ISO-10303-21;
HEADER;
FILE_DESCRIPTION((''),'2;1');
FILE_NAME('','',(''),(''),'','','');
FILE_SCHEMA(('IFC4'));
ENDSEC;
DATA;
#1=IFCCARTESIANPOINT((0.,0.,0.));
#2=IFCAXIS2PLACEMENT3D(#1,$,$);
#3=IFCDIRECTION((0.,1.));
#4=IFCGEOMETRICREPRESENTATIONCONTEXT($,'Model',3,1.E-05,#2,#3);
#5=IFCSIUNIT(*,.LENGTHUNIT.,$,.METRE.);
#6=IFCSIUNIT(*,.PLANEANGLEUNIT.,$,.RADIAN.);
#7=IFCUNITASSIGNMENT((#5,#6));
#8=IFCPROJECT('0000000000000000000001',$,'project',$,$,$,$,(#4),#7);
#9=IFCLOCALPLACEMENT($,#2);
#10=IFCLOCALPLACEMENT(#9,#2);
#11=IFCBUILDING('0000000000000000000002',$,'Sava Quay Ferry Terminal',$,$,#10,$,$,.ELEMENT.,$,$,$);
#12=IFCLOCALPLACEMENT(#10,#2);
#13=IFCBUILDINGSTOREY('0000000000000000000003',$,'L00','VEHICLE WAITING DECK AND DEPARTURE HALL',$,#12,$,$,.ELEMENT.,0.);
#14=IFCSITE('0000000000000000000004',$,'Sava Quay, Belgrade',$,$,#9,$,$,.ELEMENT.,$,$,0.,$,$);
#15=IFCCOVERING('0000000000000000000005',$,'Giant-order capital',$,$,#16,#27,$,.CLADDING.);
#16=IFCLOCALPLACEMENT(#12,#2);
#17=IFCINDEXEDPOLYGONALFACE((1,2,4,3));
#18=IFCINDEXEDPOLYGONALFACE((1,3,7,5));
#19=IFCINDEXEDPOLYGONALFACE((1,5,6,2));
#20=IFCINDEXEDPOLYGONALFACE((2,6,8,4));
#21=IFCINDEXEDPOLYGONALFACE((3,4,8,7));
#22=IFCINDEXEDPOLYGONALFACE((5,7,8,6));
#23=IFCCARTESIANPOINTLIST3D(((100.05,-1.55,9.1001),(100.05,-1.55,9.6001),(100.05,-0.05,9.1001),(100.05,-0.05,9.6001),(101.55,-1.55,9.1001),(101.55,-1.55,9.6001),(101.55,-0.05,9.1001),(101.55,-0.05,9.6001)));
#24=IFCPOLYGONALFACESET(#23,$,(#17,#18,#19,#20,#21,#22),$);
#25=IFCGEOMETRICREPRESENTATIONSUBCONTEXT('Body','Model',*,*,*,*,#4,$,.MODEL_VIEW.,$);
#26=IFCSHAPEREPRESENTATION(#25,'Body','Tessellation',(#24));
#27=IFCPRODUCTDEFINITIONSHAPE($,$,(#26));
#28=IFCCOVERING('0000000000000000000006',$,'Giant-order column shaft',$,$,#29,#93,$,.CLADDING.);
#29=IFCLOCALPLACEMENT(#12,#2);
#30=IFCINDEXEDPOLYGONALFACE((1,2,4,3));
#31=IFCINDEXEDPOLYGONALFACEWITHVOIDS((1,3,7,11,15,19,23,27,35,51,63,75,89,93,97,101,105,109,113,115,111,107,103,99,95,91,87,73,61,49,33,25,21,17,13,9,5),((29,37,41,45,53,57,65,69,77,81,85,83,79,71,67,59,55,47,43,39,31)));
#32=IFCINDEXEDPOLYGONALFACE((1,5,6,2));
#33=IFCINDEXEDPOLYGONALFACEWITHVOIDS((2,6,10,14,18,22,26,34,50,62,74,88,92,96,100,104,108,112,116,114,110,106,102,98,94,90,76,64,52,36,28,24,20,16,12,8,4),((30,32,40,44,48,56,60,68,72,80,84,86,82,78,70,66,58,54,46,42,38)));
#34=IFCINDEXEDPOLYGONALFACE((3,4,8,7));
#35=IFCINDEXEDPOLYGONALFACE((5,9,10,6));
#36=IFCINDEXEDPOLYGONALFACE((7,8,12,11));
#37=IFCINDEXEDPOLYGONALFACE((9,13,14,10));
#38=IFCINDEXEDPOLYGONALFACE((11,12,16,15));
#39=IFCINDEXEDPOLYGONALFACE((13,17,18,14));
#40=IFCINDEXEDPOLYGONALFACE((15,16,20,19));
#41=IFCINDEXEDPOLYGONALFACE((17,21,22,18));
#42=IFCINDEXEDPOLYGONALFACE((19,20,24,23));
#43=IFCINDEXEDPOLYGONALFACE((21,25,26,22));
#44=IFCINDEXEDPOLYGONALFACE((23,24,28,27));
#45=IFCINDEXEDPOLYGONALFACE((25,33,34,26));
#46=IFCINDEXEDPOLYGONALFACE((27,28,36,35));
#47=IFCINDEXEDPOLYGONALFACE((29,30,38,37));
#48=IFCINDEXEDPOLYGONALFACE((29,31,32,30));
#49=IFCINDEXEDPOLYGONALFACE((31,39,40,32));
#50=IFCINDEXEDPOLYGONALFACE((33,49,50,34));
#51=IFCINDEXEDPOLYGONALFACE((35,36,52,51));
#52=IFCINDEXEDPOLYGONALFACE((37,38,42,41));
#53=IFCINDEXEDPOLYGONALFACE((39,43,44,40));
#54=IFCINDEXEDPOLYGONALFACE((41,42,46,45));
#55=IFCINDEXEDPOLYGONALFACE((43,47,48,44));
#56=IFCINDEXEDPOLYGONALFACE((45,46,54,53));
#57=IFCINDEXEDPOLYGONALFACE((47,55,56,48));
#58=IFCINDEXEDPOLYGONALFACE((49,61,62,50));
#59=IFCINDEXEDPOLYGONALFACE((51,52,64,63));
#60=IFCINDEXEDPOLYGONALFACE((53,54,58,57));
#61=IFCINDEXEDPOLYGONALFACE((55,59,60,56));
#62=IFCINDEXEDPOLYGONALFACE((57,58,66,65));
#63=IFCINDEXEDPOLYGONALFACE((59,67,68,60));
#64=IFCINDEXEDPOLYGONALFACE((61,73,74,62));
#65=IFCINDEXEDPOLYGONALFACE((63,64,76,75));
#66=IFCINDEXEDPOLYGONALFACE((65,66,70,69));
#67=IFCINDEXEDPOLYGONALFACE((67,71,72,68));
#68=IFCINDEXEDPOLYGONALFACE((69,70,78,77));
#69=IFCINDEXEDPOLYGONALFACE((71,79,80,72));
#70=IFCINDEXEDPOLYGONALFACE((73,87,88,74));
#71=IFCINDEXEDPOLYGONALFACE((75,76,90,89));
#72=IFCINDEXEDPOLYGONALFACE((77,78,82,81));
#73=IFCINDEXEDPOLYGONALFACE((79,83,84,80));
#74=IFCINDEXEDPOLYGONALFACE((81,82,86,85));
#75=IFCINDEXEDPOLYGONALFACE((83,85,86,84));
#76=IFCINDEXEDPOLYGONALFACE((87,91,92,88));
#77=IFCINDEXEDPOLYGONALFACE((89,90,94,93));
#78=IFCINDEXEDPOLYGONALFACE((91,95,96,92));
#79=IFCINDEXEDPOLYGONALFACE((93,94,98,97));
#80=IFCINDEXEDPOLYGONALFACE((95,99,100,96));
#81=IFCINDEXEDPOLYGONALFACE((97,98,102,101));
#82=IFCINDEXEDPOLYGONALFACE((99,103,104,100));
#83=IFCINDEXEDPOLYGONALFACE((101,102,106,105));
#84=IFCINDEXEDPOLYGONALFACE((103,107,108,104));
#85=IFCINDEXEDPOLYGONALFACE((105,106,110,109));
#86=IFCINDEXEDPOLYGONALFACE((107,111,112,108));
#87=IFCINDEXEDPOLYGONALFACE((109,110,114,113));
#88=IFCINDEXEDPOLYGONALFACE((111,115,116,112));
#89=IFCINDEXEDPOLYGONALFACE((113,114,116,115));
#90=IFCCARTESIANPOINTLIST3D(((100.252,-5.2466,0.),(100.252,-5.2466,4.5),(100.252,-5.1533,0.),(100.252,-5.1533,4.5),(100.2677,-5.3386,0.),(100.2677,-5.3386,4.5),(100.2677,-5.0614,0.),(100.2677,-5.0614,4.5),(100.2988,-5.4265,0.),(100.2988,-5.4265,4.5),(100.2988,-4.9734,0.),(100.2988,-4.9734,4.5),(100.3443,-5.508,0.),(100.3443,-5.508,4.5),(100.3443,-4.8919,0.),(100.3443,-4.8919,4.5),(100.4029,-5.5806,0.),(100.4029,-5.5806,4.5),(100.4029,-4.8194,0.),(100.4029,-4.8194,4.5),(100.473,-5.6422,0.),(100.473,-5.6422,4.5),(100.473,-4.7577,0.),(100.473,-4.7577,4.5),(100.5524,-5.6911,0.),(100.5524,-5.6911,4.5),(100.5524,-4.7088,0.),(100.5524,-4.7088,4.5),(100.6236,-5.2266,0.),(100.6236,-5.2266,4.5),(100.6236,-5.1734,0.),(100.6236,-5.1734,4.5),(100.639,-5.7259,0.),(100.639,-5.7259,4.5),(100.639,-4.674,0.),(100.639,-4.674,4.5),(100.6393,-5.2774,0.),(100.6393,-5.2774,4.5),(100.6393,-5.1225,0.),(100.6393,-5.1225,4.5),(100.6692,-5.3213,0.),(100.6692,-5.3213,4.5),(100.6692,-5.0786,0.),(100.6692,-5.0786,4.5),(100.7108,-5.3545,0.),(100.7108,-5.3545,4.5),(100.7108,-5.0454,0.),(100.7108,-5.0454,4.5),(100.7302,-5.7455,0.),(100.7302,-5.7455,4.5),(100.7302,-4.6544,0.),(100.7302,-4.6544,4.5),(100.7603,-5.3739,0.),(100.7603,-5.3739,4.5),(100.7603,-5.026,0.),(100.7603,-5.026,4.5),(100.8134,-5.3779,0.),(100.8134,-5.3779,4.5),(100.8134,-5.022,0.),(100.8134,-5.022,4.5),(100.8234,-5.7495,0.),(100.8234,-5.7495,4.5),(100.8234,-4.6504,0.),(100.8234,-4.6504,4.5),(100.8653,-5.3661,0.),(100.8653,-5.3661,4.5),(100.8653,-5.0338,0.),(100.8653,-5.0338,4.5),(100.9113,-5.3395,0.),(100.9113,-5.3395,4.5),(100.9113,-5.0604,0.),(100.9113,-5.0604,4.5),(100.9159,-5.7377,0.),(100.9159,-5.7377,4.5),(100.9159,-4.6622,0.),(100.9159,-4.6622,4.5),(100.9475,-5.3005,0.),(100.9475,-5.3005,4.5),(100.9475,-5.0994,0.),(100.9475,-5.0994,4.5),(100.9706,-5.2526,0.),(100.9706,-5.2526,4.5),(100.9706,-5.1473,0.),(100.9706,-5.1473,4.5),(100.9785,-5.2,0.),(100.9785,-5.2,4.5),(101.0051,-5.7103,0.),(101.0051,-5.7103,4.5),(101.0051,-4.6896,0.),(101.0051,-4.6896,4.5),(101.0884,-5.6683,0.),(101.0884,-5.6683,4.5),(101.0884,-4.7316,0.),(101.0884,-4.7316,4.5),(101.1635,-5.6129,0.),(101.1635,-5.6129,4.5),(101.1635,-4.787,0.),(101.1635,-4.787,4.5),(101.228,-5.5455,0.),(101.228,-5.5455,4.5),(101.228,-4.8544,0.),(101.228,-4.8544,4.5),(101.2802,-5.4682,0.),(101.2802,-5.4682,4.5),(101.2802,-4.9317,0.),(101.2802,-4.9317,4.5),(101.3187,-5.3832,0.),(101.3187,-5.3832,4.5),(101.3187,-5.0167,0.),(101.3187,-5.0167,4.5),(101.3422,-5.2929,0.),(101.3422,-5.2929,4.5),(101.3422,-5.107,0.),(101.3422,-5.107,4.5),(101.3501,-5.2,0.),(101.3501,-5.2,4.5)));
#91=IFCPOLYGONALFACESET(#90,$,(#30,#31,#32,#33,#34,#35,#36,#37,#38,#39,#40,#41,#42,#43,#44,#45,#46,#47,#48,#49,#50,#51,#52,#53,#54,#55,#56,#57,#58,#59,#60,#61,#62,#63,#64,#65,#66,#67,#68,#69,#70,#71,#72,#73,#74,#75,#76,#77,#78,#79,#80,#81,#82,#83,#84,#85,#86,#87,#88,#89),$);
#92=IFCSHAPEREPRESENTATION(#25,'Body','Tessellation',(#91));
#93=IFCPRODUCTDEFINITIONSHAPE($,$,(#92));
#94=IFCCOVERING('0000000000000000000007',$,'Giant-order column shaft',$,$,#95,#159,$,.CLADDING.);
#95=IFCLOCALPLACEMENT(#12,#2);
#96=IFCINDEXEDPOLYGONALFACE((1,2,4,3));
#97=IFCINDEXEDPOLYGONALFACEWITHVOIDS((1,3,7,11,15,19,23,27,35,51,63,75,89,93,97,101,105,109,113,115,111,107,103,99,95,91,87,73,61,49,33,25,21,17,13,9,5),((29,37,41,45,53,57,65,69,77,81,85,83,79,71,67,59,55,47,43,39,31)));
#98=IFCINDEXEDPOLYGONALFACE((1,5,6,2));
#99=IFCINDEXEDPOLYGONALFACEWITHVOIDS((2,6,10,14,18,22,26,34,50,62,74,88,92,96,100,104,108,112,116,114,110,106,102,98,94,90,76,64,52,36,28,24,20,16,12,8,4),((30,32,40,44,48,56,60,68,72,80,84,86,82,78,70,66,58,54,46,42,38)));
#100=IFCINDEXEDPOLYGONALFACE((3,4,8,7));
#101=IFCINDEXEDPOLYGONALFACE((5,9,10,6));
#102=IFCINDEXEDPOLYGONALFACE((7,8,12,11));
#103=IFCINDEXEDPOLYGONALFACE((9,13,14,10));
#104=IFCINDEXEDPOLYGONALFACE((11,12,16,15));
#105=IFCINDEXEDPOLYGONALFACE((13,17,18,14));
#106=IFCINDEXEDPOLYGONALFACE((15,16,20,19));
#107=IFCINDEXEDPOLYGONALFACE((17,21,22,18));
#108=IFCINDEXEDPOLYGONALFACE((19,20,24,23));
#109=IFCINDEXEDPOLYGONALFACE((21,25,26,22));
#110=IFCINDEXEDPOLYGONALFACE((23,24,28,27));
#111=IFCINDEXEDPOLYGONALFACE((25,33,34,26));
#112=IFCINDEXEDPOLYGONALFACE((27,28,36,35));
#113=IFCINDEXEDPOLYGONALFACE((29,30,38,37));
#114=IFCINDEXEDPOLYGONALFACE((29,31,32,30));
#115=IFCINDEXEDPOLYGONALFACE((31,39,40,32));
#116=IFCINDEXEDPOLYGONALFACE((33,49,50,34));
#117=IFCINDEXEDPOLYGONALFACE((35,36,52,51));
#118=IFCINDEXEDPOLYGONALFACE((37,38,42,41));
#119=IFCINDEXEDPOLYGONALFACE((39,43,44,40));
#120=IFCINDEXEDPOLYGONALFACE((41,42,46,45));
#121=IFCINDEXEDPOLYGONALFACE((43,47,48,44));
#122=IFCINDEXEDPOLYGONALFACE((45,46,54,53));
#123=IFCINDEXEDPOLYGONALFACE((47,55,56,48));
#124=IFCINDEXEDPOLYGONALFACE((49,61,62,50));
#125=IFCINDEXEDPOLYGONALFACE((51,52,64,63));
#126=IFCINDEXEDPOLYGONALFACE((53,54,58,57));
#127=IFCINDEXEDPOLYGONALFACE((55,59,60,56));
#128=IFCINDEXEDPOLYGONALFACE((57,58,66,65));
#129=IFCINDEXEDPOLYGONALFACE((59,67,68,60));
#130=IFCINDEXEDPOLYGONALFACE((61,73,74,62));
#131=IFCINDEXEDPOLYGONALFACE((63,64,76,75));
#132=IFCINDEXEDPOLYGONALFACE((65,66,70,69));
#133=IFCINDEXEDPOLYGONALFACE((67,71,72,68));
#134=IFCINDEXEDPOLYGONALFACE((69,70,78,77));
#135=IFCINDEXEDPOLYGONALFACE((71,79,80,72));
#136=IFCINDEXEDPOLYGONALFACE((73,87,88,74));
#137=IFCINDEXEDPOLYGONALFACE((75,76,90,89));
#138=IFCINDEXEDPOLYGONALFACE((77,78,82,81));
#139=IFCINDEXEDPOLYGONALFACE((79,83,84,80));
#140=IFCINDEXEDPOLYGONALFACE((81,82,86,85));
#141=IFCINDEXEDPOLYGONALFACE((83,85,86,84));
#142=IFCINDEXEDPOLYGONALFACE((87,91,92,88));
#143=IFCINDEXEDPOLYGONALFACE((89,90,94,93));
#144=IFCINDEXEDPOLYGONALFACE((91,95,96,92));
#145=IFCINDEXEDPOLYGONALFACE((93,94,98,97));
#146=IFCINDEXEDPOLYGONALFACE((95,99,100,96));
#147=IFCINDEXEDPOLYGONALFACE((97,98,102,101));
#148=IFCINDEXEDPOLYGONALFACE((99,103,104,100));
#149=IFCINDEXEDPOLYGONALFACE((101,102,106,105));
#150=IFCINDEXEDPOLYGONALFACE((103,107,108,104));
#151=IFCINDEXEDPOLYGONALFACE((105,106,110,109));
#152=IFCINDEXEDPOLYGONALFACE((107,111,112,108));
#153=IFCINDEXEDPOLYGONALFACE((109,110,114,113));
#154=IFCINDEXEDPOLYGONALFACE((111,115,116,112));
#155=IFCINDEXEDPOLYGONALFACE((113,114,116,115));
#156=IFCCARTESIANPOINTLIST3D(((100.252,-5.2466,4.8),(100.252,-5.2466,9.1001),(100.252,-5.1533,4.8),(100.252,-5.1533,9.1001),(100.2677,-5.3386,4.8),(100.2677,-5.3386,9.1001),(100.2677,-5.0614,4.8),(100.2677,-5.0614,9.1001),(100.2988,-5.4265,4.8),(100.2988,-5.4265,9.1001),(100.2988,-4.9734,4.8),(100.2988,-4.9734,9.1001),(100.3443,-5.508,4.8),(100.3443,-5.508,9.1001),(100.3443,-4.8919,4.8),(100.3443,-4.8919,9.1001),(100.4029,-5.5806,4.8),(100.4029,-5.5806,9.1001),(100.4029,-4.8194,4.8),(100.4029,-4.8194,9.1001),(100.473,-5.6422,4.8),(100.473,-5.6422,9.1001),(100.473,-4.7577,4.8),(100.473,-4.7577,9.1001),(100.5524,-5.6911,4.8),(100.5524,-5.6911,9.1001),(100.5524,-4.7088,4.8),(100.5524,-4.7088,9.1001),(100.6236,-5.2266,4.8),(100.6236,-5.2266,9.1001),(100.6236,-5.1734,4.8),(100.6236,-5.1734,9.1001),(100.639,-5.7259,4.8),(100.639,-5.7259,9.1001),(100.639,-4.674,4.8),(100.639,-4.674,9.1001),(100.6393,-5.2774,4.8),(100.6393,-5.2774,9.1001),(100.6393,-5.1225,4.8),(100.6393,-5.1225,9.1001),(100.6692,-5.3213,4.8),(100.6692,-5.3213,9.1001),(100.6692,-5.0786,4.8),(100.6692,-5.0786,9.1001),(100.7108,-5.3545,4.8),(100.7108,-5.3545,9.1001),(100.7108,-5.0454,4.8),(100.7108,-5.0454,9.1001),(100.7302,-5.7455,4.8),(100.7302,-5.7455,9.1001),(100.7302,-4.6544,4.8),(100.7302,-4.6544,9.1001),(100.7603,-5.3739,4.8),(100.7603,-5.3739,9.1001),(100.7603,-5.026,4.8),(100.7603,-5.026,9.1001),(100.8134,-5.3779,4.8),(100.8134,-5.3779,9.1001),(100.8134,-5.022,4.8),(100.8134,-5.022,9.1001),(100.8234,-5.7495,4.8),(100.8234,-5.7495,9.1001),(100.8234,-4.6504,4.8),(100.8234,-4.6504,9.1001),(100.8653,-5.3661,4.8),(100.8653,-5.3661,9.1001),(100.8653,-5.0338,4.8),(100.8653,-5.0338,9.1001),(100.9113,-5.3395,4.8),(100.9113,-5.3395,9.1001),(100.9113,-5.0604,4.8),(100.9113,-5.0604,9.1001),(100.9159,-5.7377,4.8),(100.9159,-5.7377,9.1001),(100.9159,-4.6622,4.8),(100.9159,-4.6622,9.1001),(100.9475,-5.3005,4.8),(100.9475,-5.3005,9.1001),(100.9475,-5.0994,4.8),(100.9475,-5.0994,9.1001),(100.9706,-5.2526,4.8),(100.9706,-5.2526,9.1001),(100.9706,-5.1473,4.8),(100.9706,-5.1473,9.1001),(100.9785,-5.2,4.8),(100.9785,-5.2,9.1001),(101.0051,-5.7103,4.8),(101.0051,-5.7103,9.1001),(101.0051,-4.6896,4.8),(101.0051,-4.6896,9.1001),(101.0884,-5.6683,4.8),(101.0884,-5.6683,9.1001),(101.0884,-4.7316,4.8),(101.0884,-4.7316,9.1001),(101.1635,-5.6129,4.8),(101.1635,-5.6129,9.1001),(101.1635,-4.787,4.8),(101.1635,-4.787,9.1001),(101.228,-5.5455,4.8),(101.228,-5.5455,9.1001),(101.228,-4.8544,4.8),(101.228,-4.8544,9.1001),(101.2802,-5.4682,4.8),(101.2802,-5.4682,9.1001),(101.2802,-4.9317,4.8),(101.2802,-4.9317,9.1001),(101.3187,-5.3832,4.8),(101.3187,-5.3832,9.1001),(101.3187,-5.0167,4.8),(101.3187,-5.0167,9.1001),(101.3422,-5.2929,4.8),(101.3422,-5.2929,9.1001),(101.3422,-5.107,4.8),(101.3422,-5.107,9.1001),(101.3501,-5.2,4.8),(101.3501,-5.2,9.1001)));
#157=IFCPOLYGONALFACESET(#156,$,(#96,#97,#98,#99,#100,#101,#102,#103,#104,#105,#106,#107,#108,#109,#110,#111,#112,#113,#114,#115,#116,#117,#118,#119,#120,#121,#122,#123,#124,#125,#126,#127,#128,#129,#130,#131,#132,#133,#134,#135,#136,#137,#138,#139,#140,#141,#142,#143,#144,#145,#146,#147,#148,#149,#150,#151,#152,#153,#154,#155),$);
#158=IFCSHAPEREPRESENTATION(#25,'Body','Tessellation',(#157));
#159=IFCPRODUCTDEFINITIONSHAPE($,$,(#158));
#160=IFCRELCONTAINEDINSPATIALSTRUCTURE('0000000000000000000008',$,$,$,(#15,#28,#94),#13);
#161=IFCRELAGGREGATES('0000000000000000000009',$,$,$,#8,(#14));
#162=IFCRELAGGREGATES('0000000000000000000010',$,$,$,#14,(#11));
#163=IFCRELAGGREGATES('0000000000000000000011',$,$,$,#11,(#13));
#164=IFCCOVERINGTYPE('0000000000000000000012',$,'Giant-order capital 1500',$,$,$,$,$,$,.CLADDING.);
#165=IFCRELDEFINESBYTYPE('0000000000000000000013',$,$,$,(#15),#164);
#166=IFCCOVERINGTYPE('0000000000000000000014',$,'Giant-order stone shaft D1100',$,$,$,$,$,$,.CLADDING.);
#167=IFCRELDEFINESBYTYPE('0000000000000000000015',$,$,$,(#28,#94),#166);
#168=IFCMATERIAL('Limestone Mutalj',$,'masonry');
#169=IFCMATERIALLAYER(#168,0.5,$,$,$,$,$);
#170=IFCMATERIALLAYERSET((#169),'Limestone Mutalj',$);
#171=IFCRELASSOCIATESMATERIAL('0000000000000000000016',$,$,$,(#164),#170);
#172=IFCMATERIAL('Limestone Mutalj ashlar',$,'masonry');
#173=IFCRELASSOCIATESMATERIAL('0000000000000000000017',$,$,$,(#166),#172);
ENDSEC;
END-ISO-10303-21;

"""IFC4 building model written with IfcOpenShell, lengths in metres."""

from ifc_helpers import new_model, si_unit, direction, frame, origin, origin_2d, place, context, subcontext, project, spatial, rectangle, hollow_circle, extrude, material, layer, layer_set, material_profile, profile_set, type_object, element, save


model = new_model("IFC4")

# Units and contexts
model_context = context("Model", 3, precision=1e-05, world=origin(), true_north=direction((0.0, 1.0)))
body_context = subcontext(model_context, "Body", "Model", "MODEL_VIEW")
ifc_project = project(units=[si_unit("LENGTHUNIT", "METRE"), si_unit("PLANEANGLEUNIT", "RADIAN")], contexts=[model_context])

# Site, building, storey
site_placement = place(None, origin())
site = spatial("IfcSite", under=ifc_project, at=site_placement, Name="Sava Quay, Belgrade", CompositionType="ELEMENT", RefElevation=0.0)
building_placement = place(site_placement, origin())
building = spatial("IfcBuilding", under=site, at=building_placement, Name="Sava Quay Ferry Terminal", CompositionType="ELEMENT")
storey_placement = place(building_placement, origin())
storey = spatial("IfcBuildingStorey", under=building, at=storey_placement, Name="L00", Description="VEHICLE WAITING DECK AND DEPARTURE HALL", CompositionType="ELEMENT", Elevation=0.0)

# Coverings
ifc_material_1 = material(Name="Limestone Mutalj", Category="masonry")
ifc_layer_1 = layer(ifc_material_1, 0.5)
ifc_layer_set_1 = layer_set([ifc_layer_1], Name="Limestone Mutalj")
covering_type_1 = type_object("IfcCoveringType", Name="Giant-order capital 1500", PredefinedType="CLADDING", material=ifc_layer_set_1)
for number, where, z_axis, x_axis, name in (
    (1, (100.8, -0.8, 9.1001), (0.0, 0.0, 1.0), (1.0, 0.0, 0.0), "Giant-order capital"),
):
    element("IfcCovering", number, at=place(storey_placement, frame(where, z_axis=z_axis, x_axis=x_axis)), inside=storey, type_object=covering_type_1, Name=name, PredefinedType="CLADDING", context=body_context, shape_type="SweptSolid", body=[
        extrude(rectangle(XDim=1.5, YDim=1.5, at=origin_2d()), origin(), (0.0, 0.0, 1.0), 0.5),
    ])
ifc_material_2 = material(Name="Limestone Mutalj ashlar", Category="masonry")
ifc_material_profile_1 = material_profile(ifc_material_2, hollow_circle(Radius=0.55, WallThickness=0.3716, at=origin_2d()), Name="Stone shaft D1100")
ifc_profile_set_1 = profile_set([ifc_material_profile_1], Name="Limestone Mutalj ashlar")
covering_type_2 = type_object("IfcCoveringType", Name="Giant-order stone shaft D1100", PredefinedType="CLADDING", material=ifc_profile_set_1)
covering_1_placement = place(storey_placement, frame((100.8, -5.2, 0.0), z_axis=(0.0, 0.0, 1.0), x_axis=(1.0, 0.0, 0.0)))
element("IfcCovering", 2, at=covering_1_placement, inside=storey, type_object=covering_type_2, Name="Giant-order column shaft", PredefinedType="CLADDING", context=body_context, shape_type="SweptSolid", body=[
    extrude(hollow_circle(Radius=0.55, WallThickness=0.3716, at=origin_2d()), origin(), (0.0, 0.0, 1.0), 4.5),
])
covering_2_placement = place(storey_placement, frame((100.8, -5.2, 4.8), z_axis=(0.0, 0.0, 1.0), x_axis=(1.0, 0.0, 0.0)))
element("IfcCovering", 3, at=covering_2_placement, inside=storey, type_object=covering_type_2, Name="Giant-order column shaft", PredefinedType="CLADDING", context=body_context, shape_type="SweptSolid", body=[
    extrude(hollow_circle(Radius=0.55, WallThickness=0.3716, at=origin_2d()), origin(), (0.0, 0.0, 1.0), 4.3),
])

save(model, "model.ifc")
